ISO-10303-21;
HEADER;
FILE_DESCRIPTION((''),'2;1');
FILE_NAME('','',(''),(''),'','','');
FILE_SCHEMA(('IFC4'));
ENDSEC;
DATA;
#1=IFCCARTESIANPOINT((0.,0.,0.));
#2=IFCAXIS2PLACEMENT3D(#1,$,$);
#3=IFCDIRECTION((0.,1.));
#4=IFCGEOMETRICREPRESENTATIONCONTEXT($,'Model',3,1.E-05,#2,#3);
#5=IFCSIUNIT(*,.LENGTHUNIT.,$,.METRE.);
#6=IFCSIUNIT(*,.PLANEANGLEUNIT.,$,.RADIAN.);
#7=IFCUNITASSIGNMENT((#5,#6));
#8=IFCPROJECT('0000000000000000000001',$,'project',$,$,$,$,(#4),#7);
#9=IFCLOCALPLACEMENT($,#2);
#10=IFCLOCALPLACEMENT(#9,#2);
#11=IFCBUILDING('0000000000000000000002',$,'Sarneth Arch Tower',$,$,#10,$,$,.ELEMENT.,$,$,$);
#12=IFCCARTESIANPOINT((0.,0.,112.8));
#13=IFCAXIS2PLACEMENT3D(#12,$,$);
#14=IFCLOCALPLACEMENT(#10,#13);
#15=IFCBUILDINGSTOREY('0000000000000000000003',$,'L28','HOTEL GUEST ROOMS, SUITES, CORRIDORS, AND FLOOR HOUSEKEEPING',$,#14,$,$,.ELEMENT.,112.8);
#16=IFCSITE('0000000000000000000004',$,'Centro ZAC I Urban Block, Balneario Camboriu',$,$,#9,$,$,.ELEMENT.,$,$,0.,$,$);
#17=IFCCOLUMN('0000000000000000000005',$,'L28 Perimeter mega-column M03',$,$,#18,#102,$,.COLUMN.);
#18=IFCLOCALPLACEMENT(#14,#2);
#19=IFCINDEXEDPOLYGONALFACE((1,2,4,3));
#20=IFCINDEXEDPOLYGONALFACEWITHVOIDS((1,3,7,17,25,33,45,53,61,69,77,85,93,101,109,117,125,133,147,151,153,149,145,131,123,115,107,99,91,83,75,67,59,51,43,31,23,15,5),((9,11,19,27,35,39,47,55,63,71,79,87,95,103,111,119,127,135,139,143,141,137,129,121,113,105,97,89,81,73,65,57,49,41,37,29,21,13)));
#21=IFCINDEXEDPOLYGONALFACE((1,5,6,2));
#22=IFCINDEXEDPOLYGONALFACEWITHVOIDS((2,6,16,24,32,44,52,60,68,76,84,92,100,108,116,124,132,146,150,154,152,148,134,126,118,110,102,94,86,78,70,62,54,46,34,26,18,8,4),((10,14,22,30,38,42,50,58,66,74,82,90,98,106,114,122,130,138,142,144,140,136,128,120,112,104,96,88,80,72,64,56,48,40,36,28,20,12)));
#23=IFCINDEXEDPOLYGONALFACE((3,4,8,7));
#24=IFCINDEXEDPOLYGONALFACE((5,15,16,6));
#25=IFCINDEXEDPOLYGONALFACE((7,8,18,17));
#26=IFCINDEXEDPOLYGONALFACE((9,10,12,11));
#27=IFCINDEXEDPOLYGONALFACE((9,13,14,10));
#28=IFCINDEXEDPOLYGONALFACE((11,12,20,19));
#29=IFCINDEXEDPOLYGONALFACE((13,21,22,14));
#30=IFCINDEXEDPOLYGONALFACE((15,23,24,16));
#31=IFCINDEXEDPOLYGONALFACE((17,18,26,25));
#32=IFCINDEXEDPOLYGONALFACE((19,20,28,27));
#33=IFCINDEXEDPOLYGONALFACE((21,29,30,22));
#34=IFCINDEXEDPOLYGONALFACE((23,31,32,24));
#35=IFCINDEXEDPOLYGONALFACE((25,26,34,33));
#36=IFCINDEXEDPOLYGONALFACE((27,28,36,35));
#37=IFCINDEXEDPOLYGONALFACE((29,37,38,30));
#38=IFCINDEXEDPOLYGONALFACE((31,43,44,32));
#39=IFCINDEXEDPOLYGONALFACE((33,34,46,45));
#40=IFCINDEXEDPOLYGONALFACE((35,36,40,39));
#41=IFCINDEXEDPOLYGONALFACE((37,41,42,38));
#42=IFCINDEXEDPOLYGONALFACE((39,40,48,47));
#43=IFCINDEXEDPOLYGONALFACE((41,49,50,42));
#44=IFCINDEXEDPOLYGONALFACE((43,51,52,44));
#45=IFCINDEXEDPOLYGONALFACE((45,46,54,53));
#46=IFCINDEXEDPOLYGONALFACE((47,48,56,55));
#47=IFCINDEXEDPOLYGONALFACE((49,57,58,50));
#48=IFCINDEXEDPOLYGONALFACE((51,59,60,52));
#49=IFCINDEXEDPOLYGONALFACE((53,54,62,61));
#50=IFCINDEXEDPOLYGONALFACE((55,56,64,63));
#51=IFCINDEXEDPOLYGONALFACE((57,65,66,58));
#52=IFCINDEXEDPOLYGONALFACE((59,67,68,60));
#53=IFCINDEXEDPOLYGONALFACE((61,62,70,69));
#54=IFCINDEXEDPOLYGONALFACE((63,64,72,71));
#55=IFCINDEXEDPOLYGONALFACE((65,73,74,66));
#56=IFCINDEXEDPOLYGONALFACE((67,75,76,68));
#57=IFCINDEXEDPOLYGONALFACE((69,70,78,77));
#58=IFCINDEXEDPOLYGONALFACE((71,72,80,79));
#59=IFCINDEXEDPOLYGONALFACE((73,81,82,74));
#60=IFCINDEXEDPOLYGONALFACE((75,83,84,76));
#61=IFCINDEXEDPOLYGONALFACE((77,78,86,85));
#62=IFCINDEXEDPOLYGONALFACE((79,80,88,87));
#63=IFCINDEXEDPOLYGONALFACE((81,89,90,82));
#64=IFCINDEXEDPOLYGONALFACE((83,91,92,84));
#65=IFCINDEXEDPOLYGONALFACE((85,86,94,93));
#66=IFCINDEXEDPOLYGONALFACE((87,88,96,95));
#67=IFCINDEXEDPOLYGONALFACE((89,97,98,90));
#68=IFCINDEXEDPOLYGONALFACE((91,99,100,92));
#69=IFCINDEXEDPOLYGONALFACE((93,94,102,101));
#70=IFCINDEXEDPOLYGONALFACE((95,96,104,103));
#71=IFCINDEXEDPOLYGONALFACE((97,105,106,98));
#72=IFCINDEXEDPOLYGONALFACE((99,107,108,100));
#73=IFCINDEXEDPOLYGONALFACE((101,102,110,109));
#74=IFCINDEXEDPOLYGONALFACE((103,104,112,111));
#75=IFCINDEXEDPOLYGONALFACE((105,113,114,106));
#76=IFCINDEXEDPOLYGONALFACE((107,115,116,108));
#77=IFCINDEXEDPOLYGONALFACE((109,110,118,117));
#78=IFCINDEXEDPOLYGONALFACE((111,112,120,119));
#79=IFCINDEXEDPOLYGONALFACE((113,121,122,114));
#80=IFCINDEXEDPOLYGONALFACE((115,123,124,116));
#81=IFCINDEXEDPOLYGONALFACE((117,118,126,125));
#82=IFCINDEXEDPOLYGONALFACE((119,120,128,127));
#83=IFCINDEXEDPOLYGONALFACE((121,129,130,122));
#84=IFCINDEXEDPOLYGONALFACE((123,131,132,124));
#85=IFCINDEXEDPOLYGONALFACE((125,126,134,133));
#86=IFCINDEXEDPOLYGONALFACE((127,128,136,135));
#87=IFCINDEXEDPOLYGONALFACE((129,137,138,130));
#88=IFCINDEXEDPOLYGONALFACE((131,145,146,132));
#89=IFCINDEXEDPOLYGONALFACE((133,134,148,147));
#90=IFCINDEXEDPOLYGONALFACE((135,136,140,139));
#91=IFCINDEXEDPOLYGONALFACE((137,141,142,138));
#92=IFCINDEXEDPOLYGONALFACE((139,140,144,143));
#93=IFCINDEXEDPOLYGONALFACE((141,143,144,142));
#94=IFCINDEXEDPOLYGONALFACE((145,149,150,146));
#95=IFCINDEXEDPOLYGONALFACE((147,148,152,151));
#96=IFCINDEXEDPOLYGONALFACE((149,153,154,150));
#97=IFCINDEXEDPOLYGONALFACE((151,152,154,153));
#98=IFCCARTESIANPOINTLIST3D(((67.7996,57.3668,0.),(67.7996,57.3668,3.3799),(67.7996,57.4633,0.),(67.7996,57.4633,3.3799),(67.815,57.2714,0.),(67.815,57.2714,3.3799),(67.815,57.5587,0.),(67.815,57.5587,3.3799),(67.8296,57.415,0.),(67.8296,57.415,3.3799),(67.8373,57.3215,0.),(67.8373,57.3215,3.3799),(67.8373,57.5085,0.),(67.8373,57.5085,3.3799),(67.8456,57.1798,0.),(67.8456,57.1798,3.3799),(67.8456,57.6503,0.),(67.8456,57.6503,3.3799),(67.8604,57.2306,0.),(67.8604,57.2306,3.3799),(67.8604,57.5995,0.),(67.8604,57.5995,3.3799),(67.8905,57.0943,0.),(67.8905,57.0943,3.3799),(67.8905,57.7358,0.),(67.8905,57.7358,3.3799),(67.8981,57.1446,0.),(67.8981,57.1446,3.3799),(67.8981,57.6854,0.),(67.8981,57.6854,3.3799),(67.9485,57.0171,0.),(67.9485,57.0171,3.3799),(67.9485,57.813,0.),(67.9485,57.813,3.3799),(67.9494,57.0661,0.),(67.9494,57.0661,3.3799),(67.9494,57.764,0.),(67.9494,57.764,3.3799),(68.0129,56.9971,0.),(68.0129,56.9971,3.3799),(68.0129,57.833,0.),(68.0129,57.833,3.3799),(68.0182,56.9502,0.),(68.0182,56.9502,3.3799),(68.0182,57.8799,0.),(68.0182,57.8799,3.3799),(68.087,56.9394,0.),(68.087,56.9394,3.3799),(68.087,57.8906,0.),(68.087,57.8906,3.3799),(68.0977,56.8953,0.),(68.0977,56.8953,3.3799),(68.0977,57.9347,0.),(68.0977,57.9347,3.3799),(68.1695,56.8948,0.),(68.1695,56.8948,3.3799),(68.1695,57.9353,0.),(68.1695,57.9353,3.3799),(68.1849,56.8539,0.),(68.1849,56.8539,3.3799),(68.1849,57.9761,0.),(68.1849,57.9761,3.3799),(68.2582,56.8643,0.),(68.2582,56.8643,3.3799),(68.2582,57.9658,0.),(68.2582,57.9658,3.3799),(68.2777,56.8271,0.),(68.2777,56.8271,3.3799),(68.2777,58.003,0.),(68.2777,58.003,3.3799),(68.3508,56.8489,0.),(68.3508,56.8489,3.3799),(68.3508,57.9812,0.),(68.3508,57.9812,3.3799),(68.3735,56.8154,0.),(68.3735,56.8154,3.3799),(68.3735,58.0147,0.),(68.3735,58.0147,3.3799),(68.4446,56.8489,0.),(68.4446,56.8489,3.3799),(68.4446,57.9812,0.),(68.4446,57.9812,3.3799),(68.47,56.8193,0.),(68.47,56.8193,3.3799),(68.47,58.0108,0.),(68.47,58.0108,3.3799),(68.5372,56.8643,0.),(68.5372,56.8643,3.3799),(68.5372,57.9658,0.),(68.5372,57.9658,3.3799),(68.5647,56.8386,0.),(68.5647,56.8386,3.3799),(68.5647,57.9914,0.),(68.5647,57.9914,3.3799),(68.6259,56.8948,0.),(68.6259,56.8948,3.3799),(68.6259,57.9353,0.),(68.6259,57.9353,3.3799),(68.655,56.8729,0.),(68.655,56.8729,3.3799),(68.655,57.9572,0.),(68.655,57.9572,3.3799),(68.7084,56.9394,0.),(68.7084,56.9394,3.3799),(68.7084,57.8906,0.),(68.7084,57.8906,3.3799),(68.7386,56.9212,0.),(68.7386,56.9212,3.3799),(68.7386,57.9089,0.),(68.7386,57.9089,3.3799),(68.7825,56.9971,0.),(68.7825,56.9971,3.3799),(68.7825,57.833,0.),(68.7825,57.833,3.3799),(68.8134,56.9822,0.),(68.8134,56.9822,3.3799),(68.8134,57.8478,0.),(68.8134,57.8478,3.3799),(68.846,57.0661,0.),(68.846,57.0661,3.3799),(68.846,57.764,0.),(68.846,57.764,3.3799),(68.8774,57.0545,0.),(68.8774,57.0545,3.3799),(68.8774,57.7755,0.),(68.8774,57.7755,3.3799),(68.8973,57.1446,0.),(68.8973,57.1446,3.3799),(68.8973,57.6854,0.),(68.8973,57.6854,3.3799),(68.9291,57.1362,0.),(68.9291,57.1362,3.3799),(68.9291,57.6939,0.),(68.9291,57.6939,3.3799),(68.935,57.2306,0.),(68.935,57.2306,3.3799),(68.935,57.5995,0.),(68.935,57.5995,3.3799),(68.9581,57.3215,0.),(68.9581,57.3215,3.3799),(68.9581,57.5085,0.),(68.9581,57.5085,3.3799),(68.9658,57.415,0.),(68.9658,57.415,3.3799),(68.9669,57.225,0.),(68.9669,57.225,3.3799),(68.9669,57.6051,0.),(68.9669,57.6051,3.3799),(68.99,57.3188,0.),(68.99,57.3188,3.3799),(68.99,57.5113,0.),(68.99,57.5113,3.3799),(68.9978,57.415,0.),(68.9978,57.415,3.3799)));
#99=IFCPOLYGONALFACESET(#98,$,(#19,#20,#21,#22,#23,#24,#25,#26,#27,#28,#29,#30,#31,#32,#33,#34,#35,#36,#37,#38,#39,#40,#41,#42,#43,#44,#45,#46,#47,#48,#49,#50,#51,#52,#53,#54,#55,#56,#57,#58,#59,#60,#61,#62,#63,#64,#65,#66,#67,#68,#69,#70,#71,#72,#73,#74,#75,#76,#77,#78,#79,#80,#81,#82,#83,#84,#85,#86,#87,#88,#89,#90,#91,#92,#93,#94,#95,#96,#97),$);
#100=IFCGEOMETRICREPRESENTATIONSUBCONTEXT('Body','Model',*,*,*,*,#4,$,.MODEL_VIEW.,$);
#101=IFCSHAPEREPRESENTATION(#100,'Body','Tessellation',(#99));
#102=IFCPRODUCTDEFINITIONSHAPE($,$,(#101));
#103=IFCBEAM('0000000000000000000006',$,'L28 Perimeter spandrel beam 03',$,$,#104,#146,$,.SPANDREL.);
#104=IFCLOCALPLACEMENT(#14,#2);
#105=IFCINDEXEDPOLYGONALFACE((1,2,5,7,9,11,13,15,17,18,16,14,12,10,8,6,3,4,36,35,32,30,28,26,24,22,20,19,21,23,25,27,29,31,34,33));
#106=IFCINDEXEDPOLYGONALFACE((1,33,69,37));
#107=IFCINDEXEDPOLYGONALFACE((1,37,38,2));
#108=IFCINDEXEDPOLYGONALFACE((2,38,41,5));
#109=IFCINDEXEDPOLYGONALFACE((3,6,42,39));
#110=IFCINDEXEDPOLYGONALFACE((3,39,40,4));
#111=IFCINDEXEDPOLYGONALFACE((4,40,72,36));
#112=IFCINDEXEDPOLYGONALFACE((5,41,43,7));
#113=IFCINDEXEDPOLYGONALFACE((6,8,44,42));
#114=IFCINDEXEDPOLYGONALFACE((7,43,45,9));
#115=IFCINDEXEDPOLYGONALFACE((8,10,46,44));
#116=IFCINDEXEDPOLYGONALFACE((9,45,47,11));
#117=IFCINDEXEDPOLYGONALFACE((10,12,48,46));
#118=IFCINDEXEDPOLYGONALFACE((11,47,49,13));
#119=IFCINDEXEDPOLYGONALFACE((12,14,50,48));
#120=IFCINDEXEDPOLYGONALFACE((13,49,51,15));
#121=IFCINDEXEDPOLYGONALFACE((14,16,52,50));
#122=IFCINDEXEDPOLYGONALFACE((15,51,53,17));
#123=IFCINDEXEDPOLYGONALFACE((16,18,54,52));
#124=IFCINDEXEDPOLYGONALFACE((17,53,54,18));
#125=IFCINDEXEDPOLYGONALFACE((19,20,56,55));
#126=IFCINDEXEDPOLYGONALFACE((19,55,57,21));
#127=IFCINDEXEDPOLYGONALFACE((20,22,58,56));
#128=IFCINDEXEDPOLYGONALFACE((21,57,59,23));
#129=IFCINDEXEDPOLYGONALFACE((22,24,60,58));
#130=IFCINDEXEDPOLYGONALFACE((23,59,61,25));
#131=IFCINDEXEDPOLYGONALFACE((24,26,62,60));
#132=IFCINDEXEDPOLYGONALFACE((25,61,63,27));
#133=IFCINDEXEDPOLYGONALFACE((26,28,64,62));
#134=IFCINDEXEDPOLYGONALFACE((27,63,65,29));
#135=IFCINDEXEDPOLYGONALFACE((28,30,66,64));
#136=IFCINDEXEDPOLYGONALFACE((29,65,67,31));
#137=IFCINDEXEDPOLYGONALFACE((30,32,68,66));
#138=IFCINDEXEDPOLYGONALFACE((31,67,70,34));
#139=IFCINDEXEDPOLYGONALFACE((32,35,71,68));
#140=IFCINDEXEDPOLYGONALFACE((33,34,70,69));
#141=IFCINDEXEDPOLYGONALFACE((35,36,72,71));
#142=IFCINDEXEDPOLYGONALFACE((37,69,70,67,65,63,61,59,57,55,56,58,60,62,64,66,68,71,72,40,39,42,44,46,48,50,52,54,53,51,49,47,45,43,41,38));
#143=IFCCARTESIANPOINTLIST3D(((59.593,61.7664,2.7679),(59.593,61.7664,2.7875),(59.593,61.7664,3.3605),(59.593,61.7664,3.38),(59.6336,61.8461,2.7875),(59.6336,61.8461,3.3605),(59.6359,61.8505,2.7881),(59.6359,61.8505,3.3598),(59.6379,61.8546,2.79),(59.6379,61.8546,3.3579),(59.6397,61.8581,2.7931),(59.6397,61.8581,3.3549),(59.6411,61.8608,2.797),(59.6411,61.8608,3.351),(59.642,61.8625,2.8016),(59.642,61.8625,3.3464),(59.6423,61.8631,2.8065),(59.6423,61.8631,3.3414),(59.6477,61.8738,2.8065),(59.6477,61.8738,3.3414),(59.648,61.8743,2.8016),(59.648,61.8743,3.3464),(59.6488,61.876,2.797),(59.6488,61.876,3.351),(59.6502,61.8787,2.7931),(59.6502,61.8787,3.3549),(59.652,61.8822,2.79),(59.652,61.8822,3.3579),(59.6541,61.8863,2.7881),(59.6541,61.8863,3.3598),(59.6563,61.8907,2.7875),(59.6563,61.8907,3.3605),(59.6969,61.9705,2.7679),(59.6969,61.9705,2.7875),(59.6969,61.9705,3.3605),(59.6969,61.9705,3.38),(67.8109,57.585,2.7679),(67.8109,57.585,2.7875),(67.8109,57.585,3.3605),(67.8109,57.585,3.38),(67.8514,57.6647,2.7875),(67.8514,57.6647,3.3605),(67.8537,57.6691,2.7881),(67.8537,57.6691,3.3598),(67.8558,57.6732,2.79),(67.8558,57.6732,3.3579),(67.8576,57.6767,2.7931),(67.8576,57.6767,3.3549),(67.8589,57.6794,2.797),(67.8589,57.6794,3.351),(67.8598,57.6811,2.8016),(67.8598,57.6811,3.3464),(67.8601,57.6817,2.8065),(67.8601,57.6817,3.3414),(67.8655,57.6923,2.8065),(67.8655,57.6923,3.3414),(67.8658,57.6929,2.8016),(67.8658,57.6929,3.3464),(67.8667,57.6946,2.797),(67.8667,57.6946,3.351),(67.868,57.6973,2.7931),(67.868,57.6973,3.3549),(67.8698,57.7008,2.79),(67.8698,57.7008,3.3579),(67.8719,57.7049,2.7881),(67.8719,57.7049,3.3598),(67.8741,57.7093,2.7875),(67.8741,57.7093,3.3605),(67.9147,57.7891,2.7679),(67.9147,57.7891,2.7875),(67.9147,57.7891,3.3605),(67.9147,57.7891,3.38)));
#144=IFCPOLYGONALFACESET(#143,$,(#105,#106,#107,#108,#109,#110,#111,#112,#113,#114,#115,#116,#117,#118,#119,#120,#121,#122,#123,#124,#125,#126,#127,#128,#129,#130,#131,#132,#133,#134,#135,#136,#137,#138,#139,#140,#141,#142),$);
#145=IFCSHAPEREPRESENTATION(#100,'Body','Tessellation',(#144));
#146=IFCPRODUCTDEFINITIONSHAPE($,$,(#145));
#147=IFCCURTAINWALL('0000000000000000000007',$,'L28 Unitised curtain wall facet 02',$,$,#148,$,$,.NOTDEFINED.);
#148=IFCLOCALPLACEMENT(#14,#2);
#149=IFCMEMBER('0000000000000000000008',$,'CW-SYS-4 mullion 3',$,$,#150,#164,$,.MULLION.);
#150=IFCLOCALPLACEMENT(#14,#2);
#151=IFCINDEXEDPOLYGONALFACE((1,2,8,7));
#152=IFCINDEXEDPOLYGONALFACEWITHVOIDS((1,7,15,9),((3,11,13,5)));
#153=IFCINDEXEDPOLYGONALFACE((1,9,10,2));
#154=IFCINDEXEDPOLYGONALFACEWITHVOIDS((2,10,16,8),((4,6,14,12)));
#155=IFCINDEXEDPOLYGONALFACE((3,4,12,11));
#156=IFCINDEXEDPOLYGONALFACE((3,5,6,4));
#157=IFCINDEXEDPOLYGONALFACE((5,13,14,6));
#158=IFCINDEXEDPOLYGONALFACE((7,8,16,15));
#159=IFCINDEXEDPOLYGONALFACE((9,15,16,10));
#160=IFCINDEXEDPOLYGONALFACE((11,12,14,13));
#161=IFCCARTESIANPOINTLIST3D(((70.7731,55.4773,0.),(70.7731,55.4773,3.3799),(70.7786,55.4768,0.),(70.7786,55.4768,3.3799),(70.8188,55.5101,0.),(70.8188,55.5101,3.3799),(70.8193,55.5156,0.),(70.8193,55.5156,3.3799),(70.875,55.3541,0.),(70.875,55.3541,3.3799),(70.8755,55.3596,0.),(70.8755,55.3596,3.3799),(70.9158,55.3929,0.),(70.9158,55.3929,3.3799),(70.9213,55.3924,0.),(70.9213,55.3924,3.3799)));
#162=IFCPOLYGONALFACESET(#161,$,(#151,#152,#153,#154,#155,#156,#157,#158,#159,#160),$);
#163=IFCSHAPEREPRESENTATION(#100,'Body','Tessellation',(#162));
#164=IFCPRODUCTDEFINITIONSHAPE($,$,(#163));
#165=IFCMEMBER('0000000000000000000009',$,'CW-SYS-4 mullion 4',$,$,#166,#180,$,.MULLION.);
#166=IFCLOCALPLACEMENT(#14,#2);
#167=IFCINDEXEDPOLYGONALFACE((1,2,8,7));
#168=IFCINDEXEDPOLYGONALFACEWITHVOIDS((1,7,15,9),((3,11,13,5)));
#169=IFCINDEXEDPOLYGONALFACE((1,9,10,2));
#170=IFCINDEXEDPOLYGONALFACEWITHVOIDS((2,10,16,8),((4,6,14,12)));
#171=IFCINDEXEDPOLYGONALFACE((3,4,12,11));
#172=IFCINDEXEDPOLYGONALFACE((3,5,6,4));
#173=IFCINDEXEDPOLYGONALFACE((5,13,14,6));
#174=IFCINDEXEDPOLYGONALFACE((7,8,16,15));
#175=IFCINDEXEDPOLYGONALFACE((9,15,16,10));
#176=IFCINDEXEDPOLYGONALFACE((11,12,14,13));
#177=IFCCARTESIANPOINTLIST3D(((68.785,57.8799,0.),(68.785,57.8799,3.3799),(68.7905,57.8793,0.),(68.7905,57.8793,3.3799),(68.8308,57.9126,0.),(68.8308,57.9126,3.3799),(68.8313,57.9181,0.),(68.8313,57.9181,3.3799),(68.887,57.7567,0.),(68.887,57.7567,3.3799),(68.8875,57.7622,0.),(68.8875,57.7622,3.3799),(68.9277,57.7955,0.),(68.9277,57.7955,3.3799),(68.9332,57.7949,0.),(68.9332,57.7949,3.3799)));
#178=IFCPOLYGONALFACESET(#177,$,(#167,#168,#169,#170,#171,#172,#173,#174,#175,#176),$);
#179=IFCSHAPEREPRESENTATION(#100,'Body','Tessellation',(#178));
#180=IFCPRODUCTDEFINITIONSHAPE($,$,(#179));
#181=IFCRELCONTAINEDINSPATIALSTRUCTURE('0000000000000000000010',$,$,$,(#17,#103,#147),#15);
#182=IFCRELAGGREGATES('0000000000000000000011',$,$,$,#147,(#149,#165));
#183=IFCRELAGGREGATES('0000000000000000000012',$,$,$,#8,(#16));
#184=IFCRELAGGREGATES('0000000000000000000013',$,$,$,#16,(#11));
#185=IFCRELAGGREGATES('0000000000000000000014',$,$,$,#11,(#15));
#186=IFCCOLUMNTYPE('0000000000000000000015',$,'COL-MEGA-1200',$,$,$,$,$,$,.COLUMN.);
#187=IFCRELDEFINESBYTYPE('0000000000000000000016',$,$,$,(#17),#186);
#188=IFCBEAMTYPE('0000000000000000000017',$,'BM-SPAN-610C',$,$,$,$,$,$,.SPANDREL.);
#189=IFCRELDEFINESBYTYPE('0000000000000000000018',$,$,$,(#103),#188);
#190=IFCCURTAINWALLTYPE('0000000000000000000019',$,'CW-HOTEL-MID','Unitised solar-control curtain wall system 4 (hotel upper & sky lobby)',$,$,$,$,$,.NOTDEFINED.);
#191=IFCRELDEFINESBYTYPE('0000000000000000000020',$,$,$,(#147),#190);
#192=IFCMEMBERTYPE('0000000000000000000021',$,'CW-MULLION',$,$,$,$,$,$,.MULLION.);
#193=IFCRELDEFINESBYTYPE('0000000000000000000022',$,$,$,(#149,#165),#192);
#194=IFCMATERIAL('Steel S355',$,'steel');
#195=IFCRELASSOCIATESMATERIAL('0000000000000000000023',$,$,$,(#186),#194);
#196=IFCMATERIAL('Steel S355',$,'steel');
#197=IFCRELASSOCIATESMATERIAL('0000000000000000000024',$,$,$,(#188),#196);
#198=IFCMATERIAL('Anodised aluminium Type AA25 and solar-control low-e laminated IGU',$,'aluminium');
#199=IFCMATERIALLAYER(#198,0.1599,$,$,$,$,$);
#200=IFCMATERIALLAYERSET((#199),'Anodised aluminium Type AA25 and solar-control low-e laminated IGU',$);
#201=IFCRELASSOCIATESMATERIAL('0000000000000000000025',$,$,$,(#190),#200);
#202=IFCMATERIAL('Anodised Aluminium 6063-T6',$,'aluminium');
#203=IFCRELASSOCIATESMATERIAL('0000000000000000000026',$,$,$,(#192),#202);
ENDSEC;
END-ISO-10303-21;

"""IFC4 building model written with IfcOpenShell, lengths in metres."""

from ifc_helpers import new_model, si_unit, direction, frame, origin, origin_2d, place, context, subcontext, project, spatial, hollow_rectangle, hollow_circle, i_section, extrude, material, layer, layer_set, material_profile, profile_set, type_object, element, aggregate, save


model = new_model("IFC4")

# Units and contexts
model_context = context("Model", 3, precision=1e-05, world=origin(), true_north=direction((0.0, 1.0)))
body_context = subcontext(model_context, "Body", "Model", "MODEL_VIEW")
ifc_project = project(units=[si_unit("LENGTHUNIT", "METRE"), si_unit("PLANEANGLEUNIT", "RADIAN")], contexts=[model_context])

# Site, building, storey
site_placement = place(None, origin())
site = spatial("IfcSite", under=ifc_project, at=site_placement, Name="Centro ZAC I Urban Block, Balneario Camboriu", CompositionType="ELEMENT", RefElevation=0.0)
building_placement = place(site_placement, origin())
building = spatial("IfcBuilding", under=site, at=building_placement, Name="Sarneth Arch Tower", CompositionType="ELEMENT")
storey_placement = place(building_placement, frame((0.0, 0.0, 112.8)))
storey = spatial("IfcBuildingStorey", under=building, at=storey_placement, Name="L28", Description="HOTEL GUEST ROOMS, SUITES, CORRIDORS, AND FLOOR HOUSEKEEPING", CompositionType="ELEMENT", Elevation=112.8)

# Column
ifc_material_1 = material(Name="Steel S355", Category="steel")
ifc_material_profile_1 = material_profile(ifc_material_1, hollow_circle(Radius=0.6001, WallThickness=0.032, at=origin_2d()), Name="CHS1200x32")
ifc_profile_set_1 = profile_set([ifc_material_profile_1], Name="Steel S355")
column_type = type_object("IfcColumnType", Name="COL-MEGA-1200", PredefinedType="COLUMN", material=ifc_profile_set_1)
column_placement = place(storey_placement, frame((68.3977, 57.415, 0.0), z_axis=(0.0, 0.0, 1.0), x_axis=(1.0, 0.0, 0.0)))
element("IfcColumn", 1, at=column_placement, inside=storey, type_object=column_type, Name="L28 Perimeter mega-column M03", PredefinedType="COLUMN", context=body_context, shape_type="SweptSolid", body=[
    extrude(hollow_circle(Radius=0.6001, WallThickness=0.032, at=origin_2d()), origin(), (0.0, 0.0, 1.0), 3.3799),
])

# Beam
ifc_material_2 = material(Name="Steel S355", Category="steel")
ifc_material_profile_2 = material_profile(ifc_material_2, i_section(OverallWidth=0.229, OverallDepth=0.6121, WebThickness=0.012, FlangeThickness=0.0195, FilletRadius=0.019, at=origin_2d()), Name="W610x125")
ifc_profile_set_2 = profile_set([ifc_material_profile_2], Name="Steel S355")
beam_type = type_object("IfcBeamType", Name="BM-SPAN-610C", PredefinedType="SPANDREL", material=ifc_profile_set_2)
beam_placement = place(storey_placement, frame((67.8628, 57.687, 3.074), z_axis=(-0.891259, 0.453494, 0.0), x_axis=(-0.453494, -0.891259, 0.0)))
element("IfcBeam", 2, at=beam_placement, inside=storey, type_object=beam_type, Name="L28 Perimeter spandrel beam 03", PredefinedType="SPANDREL", context=body_context, shape_type="SweptSolid", body=[
    extrude(i_section(OverallWidth=0.229, OverallDepth=0.6121, WebThickness=0.012, FlangeThickness=0.0195, FilletRadius=0.019, at=origin_2d()), origin(), (0.0, 0.0, 1.0), 9.2205),
])

# Curtain wall, members
ifc_material_3 = material(Name="Anodised aluminium Type AA25 and solar-control low-e laminated IGU", Category="aluminium")
ifc_layer_1 = layer(ifc_material_3, 0.1599)
ifc_layer_set_1 = layer_set([ifc_layer_1], Name="Anodised aluminium Type AA25 and solar-control low-e laminated IGU")
curtain_wall_type = type_object("IfcCurtainWallType", Name="CW-HOTEL-MID", Description="Unitised solar-control curtain wall system 4 (hotel upper & sky lobby)", PredefinedType="NOTDEFINED", material=ifc_layer_set_1)
curtain_wall_placement = place(storey_placement, origin())
curtain_wall = element("IfcCurtainWall", 3, at=curtain_wall_placement, inside=storey, type_object=curtain_wall_type, Name="L28 Unitised curtain wall facet 02", PredefinedType="NOTDEFINED")
ifc_material_4 = material(Name="Anodised Aluminium 6063-T6", Category="aluminium")
ifc_material_profile_3 = material_profile(ifc_material_4, hollow_rectangle(XDim=0.0601, YDim=0.1599, WallThickness=0.0039, at=origin_2d()), Name="AL-MULL-160x60x4")
ifc_profile_set_3 = profile_set([ifc_material_profile_3], Name="Anodised Aluminium 6063-T6")
member_type_1 = type_object("IfcMemberType", Name="CW-MULLION", PredefinedType="MULLION", material=ifc_profile_set_3)
member_1_placement = place(storey_placement, frame((70.8472, 55.4348, 0.0), z_axis=(0.0, 0.0, 1.0), x_axis=(-0.770438, -0.637515, 0.0)))
member_1 = element("IfcMember", 4, at=member_1_placement, type_object=member_type_1, Name="CW-SYS-4 mullion 3", PredefinedType="MULLION", context=body_context, shape_type="SweptSolid", body=[
    extrude(hollow_rectangle(XDim=0.0601, YDim=0.1599, WallThickness=0.0039, at=origin_2d()), origin(), (0.0, 0.0, 1.0), 3.3799),
])
member_2_placement = place(storey_placement, frame((68.8591, 57.8374, 0.0), z_axis=(0.0, 0.0, 1.0), x_axis=(-0.770438, -0.637515, 0.0)))
member_2 = element("IfcMember", 5, at=member_2_placement, type_object=member_type_1, Name="CW-SYS-4 mullion 4", PredefinedType="MULLION", context=body_context, shape_type="SweptSolid", body=[
    extrude(hollow_rectangle(XDim=0.0601, YDim=0.1599, WallThickness=0.0039, at=origin_2d()), origin(), (0.0, 0.0, 1.0), 3.3799),
])

aggregate(curtain_wall, [member_1, member_2])

save(model, "model.ifc")
